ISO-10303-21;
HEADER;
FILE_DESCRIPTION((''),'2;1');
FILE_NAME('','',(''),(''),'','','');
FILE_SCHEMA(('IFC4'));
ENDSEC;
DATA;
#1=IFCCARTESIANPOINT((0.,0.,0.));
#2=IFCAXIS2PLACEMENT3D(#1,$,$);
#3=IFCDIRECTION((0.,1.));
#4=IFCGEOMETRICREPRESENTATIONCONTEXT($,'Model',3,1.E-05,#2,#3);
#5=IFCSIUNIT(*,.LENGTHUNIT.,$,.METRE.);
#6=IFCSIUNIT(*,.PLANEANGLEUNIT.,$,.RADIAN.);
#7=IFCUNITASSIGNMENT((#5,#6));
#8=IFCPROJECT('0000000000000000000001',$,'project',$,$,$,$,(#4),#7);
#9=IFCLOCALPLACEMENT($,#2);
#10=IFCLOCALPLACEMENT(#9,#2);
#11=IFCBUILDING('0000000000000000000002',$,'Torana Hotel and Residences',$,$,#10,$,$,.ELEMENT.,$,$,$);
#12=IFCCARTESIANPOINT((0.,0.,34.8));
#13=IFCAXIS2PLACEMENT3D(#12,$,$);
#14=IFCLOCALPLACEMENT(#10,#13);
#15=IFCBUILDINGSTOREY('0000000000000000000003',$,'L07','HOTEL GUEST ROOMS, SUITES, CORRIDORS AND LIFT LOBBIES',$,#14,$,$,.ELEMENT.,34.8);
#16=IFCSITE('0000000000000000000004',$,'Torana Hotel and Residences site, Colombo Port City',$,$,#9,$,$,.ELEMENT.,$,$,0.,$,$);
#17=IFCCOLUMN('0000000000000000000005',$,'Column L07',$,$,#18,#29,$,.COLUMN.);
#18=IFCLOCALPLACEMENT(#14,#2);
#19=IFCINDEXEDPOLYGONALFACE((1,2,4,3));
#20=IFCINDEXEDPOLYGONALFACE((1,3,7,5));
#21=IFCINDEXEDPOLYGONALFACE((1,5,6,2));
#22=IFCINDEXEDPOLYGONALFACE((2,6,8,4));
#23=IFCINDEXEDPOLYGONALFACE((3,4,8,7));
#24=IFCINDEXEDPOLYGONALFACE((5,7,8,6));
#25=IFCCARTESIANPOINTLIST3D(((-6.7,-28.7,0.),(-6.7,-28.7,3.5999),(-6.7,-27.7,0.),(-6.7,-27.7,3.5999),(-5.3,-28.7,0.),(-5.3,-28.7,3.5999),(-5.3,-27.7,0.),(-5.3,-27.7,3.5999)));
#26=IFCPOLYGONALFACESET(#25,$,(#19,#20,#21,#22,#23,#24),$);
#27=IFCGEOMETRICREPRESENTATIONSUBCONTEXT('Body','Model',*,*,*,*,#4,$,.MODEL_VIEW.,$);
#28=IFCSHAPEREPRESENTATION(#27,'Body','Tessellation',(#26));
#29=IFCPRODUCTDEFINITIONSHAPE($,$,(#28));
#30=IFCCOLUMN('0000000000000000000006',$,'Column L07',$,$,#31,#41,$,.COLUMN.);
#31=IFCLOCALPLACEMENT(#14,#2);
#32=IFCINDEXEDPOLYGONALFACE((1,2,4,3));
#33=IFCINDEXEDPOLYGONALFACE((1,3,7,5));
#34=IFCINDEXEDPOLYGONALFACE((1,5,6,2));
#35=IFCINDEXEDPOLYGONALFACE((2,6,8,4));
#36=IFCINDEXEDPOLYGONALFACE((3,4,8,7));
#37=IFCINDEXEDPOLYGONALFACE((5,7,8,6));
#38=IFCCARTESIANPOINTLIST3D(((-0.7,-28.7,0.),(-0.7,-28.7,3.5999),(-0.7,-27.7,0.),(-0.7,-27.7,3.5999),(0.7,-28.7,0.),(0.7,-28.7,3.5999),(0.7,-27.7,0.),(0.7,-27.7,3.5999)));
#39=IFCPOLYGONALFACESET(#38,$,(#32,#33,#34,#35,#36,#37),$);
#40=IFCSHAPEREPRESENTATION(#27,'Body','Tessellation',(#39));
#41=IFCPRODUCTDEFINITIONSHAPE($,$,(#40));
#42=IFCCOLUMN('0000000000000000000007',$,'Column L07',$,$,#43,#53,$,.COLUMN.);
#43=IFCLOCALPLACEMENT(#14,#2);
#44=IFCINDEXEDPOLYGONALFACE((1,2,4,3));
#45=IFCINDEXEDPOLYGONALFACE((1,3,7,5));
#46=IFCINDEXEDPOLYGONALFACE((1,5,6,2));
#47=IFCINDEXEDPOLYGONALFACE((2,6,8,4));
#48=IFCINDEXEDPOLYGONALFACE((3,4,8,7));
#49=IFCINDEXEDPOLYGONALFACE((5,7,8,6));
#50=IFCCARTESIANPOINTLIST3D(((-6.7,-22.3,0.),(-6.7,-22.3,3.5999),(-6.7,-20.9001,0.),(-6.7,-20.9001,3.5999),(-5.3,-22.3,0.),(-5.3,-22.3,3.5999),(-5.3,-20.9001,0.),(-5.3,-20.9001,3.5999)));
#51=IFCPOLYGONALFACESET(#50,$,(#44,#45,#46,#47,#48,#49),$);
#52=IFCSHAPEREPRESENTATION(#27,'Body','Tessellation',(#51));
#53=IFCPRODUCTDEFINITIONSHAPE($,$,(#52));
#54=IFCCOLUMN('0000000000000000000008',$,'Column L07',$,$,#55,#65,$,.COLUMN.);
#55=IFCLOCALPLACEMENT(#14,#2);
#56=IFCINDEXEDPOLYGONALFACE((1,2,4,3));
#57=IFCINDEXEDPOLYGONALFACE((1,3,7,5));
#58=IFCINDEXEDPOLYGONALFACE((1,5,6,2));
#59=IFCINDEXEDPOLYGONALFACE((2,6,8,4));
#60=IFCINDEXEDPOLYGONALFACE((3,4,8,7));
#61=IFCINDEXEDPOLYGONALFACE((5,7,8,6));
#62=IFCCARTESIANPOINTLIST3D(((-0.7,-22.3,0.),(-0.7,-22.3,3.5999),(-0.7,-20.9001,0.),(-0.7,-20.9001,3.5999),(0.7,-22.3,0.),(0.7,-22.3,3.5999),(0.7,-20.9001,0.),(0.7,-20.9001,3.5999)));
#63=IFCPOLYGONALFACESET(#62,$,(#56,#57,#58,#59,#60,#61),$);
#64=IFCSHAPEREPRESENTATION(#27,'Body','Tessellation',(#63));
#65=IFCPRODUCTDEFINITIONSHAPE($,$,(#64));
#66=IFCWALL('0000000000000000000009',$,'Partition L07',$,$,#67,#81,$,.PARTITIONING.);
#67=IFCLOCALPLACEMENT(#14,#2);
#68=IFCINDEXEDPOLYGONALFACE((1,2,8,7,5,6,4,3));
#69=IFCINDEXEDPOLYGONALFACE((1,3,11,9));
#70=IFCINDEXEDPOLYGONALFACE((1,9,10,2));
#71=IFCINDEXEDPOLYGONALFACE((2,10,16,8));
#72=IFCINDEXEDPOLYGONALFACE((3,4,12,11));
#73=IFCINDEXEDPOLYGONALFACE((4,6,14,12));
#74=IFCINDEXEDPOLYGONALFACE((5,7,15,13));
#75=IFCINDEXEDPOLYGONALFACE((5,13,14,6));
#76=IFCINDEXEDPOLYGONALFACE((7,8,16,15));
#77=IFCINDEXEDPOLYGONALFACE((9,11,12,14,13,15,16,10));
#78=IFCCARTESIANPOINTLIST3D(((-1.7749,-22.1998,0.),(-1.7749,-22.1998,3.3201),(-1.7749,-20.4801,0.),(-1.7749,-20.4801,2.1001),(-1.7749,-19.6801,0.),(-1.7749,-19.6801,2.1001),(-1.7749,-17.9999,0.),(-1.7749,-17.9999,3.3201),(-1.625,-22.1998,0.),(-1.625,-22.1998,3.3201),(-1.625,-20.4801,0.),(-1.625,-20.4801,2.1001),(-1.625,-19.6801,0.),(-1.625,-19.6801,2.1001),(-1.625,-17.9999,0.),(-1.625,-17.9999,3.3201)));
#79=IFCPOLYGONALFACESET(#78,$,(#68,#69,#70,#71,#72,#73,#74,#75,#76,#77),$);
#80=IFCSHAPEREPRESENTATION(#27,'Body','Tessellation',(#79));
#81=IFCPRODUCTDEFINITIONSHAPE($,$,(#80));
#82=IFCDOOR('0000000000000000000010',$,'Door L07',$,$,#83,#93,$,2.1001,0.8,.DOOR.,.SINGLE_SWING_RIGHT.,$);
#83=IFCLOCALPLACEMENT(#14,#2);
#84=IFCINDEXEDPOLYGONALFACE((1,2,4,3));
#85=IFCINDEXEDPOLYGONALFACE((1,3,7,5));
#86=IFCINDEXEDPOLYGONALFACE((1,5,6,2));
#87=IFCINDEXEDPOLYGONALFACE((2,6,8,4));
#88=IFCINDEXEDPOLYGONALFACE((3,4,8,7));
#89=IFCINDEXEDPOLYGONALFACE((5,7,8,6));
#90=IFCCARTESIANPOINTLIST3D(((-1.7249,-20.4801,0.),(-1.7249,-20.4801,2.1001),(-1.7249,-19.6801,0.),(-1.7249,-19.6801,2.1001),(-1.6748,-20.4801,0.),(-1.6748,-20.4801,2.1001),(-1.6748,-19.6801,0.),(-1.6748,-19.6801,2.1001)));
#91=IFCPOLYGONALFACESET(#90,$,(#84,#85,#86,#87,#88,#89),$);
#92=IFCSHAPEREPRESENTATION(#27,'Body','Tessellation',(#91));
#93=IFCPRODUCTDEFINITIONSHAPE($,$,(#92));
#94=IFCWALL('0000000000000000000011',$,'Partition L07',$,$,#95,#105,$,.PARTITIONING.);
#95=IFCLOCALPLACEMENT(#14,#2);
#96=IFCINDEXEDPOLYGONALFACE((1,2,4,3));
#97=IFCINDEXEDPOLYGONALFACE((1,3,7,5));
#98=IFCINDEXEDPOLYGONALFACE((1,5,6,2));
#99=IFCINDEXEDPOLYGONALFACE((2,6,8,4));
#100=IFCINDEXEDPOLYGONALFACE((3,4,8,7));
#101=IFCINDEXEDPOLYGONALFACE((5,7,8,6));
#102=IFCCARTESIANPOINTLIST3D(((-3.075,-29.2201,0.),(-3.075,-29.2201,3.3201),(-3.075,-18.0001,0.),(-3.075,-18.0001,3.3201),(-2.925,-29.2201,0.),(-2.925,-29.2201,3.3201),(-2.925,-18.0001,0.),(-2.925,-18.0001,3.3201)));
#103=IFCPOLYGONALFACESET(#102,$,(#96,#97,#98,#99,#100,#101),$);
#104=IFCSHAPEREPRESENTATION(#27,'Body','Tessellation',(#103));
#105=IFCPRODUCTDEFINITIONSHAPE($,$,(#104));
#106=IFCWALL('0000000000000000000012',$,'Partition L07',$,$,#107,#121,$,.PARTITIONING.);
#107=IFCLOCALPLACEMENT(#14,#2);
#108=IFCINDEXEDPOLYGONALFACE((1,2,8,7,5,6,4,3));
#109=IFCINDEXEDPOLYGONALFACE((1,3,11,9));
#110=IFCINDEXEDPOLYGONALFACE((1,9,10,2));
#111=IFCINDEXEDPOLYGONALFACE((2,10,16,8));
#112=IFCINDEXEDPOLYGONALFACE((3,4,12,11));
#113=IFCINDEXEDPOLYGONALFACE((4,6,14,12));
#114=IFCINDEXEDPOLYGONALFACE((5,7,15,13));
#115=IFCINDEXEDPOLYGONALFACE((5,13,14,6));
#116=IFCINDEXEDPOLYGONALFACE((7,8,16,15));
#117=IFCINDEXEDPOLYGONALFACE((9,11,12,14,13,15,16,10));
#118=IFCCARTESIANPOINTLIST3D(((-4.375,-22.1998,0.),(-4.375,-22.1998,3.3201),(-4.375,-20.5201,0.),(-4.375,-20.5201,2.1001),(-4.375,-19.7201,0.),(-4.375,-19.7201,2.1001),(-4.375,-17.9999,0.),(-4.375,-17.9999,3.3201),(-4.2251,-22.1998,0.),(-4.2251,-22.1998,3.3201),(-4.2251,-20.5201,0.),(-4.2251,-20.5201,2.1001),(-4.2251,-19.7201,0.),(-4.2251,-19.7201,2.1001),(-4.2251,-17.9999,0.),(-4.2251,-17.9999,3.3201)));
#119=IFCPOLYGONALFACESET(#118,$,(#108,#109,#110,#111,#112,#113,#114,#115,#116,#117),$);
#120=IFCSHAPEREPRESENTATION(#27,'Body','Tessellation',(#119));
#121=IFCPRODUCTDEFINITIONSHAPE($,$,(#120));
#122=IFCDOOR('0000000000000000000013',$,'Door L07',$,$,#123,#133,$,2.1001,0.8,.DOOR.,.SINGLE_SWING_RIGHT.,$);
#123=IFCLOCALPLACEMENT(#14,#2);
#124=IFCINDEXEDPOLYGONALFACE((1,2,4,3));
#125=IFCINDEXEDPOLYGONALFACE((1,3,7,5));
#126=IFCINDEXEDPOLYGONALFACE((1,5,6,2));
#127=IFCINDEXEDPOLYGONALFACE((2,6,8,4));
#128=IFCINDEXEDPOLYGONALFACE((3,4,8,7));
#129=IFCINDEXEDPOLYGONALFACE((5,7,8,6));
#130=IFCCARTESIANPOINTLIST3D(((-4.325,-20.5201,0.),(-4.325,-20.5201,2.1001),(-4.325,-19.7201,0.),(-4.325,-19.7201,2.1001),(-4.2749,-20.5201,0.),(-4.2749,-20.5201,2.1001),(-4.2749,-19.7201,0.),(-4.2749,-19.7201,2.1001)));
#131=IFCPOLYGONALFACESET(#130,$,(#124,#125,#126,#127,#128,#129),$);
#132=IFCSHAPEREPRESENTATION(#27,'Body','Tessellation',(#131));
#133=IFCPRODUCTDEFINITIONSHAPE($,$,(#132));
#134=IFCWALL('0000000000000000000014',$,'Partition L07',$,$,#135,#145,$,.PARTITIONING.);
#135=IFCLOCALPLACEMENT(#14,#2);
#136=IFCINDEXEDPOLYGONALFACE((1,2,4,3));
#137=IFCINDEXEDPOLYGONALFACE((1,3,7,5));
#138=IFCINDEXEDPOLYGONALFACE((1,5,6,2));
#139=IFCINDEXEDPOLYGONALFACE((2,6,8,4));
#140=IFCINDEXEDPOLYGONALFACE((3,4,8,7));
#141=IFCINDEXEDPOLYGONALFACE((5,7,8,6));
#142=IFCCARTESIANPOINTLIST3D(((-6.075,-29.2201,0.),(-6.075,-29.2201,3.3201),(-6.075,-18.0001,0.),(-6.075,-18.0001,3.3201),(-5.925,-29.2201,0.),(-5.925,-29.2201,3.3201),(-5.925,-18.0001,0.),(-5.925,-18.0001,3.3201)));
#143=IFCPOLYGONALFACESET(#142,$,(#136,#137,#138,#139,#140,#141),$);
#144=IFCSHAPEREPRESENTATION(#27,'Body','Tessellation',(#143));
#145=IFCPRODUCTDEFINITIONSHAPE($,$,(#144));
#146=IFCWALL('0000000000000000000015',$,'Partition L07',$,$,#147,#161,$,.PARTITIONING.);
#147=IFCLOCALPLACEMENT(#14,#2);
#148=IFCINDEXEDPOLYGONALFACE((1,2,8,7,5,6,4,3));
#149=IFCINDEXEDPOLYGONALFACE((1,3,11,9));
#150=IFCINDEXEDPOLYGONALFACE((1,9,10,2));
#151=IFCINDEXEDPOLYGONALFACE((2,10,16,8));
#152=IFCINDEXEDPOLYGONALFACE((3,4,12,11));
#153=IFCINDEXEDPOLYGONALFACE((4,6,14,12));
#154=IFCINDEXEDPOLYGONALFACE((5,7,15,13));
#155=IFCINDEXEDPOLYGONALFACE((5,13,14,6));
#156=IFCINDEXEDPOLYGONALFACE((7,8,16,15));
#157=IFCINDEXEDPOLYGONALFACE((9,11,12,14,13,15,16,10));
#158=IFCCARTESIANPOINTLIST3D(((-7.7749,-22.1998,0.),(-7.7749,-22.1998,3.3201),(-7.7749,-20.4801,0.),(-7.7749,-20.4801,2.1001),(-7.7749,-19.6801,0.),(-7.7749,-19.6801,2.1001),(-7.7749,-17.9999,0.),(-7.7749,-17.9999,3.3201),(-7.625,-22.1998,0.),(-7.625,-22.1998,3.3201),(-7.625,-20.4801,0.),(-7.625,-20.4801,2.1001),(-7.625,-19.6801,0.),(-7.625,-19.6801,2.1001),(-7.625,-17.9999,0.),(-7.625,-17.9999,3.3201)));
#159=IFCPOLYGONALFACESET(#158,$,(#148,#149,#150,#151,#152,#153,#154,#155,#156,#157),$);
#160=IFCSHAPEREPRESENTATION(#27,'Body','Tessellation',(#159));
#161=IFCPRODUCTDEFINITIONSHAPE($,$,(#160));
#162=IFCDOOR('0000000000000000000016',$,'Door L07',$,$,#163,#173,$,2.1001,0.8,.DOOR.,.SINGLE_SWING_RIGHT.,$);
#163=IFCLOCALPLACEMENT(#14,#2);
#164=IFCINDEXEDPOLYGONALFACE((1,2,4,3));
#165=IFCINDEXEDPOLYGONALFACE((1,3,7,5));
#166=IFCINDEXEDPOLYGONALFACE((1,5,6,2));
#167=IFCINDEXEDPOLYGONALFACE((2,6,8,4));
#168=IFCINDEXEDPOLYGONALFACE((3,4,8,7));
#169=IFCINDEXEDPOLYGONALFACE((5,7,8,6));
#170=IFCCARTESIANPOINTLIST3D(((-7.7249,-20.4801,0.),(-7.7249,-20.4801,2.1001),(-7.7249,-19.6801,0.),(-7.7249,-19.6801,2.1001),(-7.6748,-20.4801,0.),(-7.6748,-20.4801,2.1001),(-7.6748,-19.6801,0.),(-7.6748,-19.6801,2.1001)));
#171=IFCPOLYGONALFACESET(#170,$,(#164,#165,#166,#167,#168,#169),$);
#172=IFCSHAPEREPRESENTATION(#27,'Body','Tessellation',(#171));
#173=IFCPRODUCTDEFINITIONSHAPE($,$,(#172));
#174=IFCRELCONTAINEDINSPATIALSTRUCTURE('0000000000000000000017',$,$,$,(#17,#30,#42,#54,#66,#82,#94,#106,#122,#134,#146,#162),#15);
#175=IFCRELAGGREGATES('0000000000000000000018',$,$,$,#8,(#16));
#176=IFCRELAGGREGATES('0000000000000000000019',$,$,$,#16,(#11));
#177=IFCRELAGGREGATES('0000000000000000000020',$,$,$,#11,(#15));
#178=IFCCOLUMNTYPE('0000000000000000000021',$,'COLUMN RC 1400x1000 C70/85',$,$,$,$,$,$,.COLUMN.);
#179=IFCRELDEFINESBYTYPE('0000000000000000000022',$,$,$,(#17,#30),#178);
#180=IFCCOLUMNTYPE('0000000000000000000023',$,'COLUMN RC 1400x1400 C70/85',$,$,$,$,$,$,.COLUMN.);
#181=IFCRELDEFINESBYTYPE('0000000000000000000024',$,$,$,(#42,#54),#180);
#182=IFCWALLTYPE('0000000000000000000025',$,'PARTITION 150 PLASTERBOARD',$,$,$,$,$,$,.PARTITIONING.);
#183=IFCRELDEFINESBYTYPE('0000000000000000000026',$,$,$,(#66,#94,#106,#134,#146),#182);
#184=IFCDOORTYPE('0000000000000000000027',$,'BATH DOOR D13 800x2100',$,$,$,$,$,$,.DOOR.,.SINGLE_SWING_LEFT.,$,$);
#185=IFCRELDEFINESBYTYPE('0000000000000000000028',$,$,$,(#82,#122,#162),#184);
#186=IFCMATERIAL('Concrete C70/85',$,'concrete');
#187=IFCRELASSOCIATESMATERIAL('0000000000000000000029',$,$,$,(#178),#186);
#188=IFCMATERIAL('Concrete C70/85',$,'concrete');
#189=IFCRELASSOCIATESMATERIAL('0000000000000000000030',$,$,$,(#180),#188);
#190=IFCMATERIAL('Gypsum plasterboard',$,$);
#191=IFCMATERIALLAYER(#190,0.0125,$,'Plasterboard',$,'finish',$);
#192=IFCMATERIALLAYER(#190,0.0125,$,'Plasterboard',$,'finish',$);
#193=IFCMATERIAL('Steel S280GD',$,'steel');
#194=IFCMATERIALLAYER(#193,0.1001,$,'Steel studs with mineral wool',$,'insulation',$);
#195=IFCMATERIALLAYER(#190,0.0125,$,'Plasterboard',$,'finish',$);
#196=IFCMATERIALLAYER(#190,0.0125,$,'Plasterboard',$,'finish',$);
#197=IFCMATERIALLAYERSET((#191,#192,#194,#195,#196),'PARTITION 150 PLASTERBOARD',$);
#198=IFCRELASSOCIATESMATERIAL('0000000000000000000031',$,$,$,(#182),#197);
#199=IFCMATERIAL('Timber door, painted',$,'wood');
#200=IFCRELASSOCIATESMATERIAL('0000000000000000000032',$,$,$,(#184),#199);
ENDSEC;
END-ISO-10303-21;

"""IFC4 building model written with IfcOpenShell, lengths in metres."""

from ifc_helpers import new_model, si_unit, direction, frame, frame_2d, origin, origin_2d, place, context, subcontext, project, spatial, rectangle, extrude, material, layer, layer_set, material_profile, profile_set, type_object, element, fill, save


model = new_model("IFC4")

# Units and contexts
model_context = context("Model", 3, precision=1e-05, world=origin(), true_north=direction((0.0, 1.0)))
body_context = subcontext(model_context, "Body", "Model", "MODEL_VIEW")
ifc_project = project(units=[si_unit("LENGTHUNIT", "METRE"), si_unit("PLANEANGLEUNIT", "RADIAN")], contexts=[model_context])

# Site, building, storey
site_placement = place(None, origin())
site = spatial("IfcSite", under=ifc_project, at=site_placement, Name="Torana Hotel and Residences site, Colombo Port City", CompositionType="ELEMENT", RefElevation=0.0)
building_placement = place(site_placement, origin())
building = spatial("IfcBuilding", under=site, at=building_placement, Name="Torana Hotel and Residences", CompositionType="ELEMENT")
storey_placement = place(building_placement, frame((0.0, 0.0, 34.8)))
storey = spatial("IfcBuildingStorey", under=building, at=storey_placement, Name="L07", Description="HOTEL GUEST ROOMS, SUITES, CORRIDORS AND LIFT LOBBIES", CompositionType="ELEMENT", Elevation=34.8)

# Columns
ifc_material_1 = material(Name="Concrete C70/85", Category="concrete")
ifc_material_profile_1 = material_profile(ifc_material_1, rectangle(XDim=1.3999, YDim=1.0, at=origin_2d()), Name="RC 1400x1000")
ifc_profile_set_1 = profile_set([ifc_material_profile_1], Name="Concrete C70/85")
column_type_1 = type_object("IfcColumnType", Name="COLUMN RC 1400x1000 C70/85", PredefinedType="COLUMN", material=ifc_profile_set_1)
for number, where, z_axis, x_axis, name in (
    (1, (-6.0, -28.2, 0.0), (0.0, 0.0, 1.0), (1.0, 0.0, 0.0), "Column L07"),
    (2, (0.0, -28.2, 0.0), (0.0, 0.0, 1.0), (1.0, 0.0, 0.0), "Column L07"),
):
    element("IfcColumn", number, at=place(storey_placement, frame(where, z_axis=z_axis, x_axis=x_axis)), inside=storey, type_object=column_type_1, Name=name, PredefinedType="COLUMN", context=body_context, shape_type="SweptSolid", body=[
        extrude(rectangle(XDim=1.3999, YDim=1.0, at=origin_2d()), origin(), (0.0, 0.0, 1.0), 3.5999),
    ])
ifc_material_2 = material(Name="Concrete C70/85", Category="concrete")
ifc_material_profile_2 = material_profile(ifc_material_2, rectangle(XDim=1.3999, YDim=1.3999, at=origin_2d()), Name="RC 1400x1400")
ifc_profile_set_2 = profile_set([ifc_material_profile_2], Name="Concrete C70/85")
column_type_2 = type_object("IfcColumnType", Name="COLUMN RC 1400x1400 C70/85", PredefinedType="COLUMN", material=ifc_profile_set_2)
for number, where, z_axis, x_axis, name in (
    (3, (-6.0, -21.6001, 0.0), (0.0, 0.0, 1.0), (1.0, 0.0, 0.0), "Column L07"),
    (4, (0.0, -21.6001, 0.0), (0.0, 0.0, 1.0), (1.0, 0.0, 0.0), "Column L07"),
):
    element("IfcColumn", number, at=place(storey_placement, frame(where, z_axis=z_axis, x_axis=x_axis)), inside=storey, type_object=column_type_2, Name=name, PredefinedType="COLUMN", context=body_context, shape_type="SweptSolid", body=[
        extrude(rectangle(XDim=1.3999, YDim=1.3999, at=origin_2d()), origin(), (0.0, 0.0, 1.0), 3.5999),
    ])

# Wall, opening, door
ifc_material_3 = material(Name="Gypsum plasterboard")
ifc_layer_1 = layer(ifc_material_3, 0.0125, Name="Plasterboard", Category="finish")
ifc_layer_2 = layer(ifc_material_3, 0.0125, Name="Plasterboard", Category="finish")
ifc_material_4 = material(Name="Steel S280GD", Category="steel")
ifc_layer_3 = layer(ifc_material_4, 0.1001, Name="Steel studs with mineral wool", Category="insulation")
ifc_layer_4 = layer(ifc_material_3, 0.0125, Name="Plasterboard", Category="finish")
ifc_layer_5 = layer(ifc_material_3, 0.0125, Name="Plasterboard", Category="finish")
ifc_layer_set_1 = layer_set([ifc_layer_1, ifc_layer_2, ifc_layer_3, ifc_layer_4, ifc_layer_5], Name="PARTITION 150 PLASTERBOARD")
wall_type_1 = type_object("IfcWallType", Name="PARTITION 150 PLASTERBOARD", PredefinedType="PARTITIONING", material=ifc_layer_set_1)
wall_1_placement = place(storey_placement, frame((-1.7, -22.2, 0.0), z_axis=(0.0, 0.0, 1.0), x_axis=(0.0, 1.0, 0.0)))
wall_1 = element("IfcWall", 5, at=wall_1_placement, inside=storey, type_object=wall_type_1, Name="Partition L07", PredefinedType="PARTITIONING", context=body_context, shape_type="SweptSolid", body=[
    extrude(rectangle(XDim=4.2, YDim=0.1499, at=frame_2d((2.1001, 0.0))), origin(), (0.0, 0.0, 1.0), 3.3201),
])
opening_1_placement = place(wall_1_placement, frame((1.72, 0.0, 0.0)))
opening_1 = element("IfcOpeningElement", 6, at=opening_1_placement, cuts=wall_1, PredefinedType="OPENING", context=body_context, shape_type="SweptSolid", body=[
    extrude(rectangle(XDim=0.8, YDim=2.1001, at=frame_2d((0.3999, 1.05))), frame((0.0, 0.085, 0.0), z_axis=(0.0, -1.0, 0.0), x_axis=(1.0, 0.0, 0.0)), (0.0, 0.0, 1.0), 0.1699),
])
ifc_material_5 = material(Name="Timber door, painted", Category="wood")
door_type = type_object("IfcDoorType", Name="BATH DOOR D13 800x2100", OperationType="SINGLE_SWING_LEFT", PredefinedType="DOOR", material=ifc_material_5)
door_1_placement = place(opening_1_placement, origin())
door_1 = element("IfcDoor", 7, at=door_1_placement, inside=storey, type_object=door_type, Name="Door L07", OperationType="SINGLE_SWING_RIGHT", OverallHeight=2.1001, OverallWidth=0.8, PredefinedType="DOOR", context=body_context, shape_type="SweptSolid", body=[
    extrude(rectangle(XDim=0.8, YDim=2.1001, at=frame_2d((0.3999, 1.05))), frame((0.0, 0.0249, 0.0), z_axis=(0.0, -1.0, 0.0), x_axis=(1.0, 0.0, 0.0)), (0.0, 0.0, 1.0), 0.05),
])
fill(opening_1, door_1)

# Wall
wall_2_placement = place(storey_placement, frame((-3.0, -29.22, 0.0), z_axis=(0.0, 0.0, 1.0), x_axis=(0.0, 1.0, 0.0)))
element("IfcWall", 8, at=wall_2_placement, inside=storey, type_object=wall_type_1, Name="Partition L07", PredefinedType="PARTITIONING", context=body_context, shape_type="SweptSolid", body=[
    extrude(rectangle(XDim=11.22, YDim=0.1499, at=frame_2d((5.6099, 0.0))), origin(), (0.0, 0.0, 1.0), 3.3201),
])

# Wall, opening, door
wall_3_placement = place(storey_placement, frame((-4.3, -22.2, 0.0), z_axis=(0.0, 0.0, 1.0), x_axis=(0.0, 1.0, 0.0)))
wall_3 = element("IfcWall", 9, at=wall_3_placement, inside=storey, type_object=wall_type_1, Name="Partition L07", PredefinedType="PARTITIONING", context=body_context, shape_type="SweptSolid", body=[
    extrude(rectangle(XDim=4.2, YDim=0.1499, at=frame_2d((2.1001, 0.0))), origin(), (0.0, 0.0, 1.0), 3.3201),
])
opening_2_placement = place(wall_3_placement, frame((1.6799, 0.0, 0.0)))
opening_2 = element("IfcOpeningElement", 10, at=opening_2_placement, cuts=wall_3, PredefinedType="OPENING", context=body_context, shape_type="SweptSolid", body=[
    extrude(rectangle(XDim=0.8, YDim=2.1001, at=frame_2d((0.3999, 1.05))), frame((0.0, 0.085, 0.0), z_axis=(0.0, -1.0, 0.0), x_axis=(1.0, 0.0, 0.0)), (0.0, 0.0, 1.0), 0.1699),
])
door_2_placement = place(opening_2_placement, origin())
door_2 = element("IfcDoor", 11, at=door_2_placement, inside=storey, type_object=door_type, Name="Door L07", OperationType="SINGLE_SWING_RIGHT", OverallHeight=2.1001, OverallWidth=0.8, PredefinedType="DOOR", context=body_context, shape_type="SweptSolid", body=[
    extrude(rectangle(XDim=0.8, YDim=2.1001, at=frame_2d((0.3999, 1.05))), frame((0.0, 0.0249, 0.0), z_axis=(0.0, -1.0, 0.0), x_axis=(1.0, 0.0, 0.0)), (0.0, 0.0, 1.0), 0.05),
])
fill(opening_2, door_2)

# Wall
wall_4_placement = place(storey_placement, frame((-6.0, -29.22, 0.0), z_axis=(0.0, 0.0, 1.0), x_axis=(0.0, 1.0, 0.0)))
element("IfcWall", 12, at=wall_4_placement, inside=storey, type_object=wall_type_1, Name="Partition L07", PredefinedType="PARTITIONING", context=body_context, shape_type="SweptSolid", body=[
    extrude(rectangle(XDim=11.22, YDim=0.1499, at=frame_2d((5.6099, 0.0))), origin(), (0.0, 0.0, 1.0), 3.3201),
])

# Wall, opening, door
wall_5_placement = place(storey_placement, frame((-7.7, -22.2, 0.0), z_axis=(0.0, 0.0, 1.0), x_axis=(0.0, 1.0, 0.0)))
wall_5 = element("IfcWall", 13, at=wall_5_placement, inside=storey, type_object=wall_type_1, Name="Partition L07", PredefinedType="PARTITIONING", context=body_context, shape_type="SweptSolid", body=[
    extrude(rectangle(XDim=4.2, YDim=0.1499, at=frame_2d((2.1001, 0.0))), origin(), (0.0, 0.0, 1.0), 3.3201),
])
opening_3_placement = place(wall_5_placement, frame((1.72, 0.0, 0.0)))
opening_3 = element("IfcOpeningElement", 14, at=opening_3_placement, cuts=wall_5, PredefinedType="OPENING", context=body_context, shape_type="SweptSolid", body=[
    extrude(rectangle(XDim=0.8, YDim=2.1001, at=frame_2d((0.3999, 1.05))), frame((0.0, 0.085, 0.0), z_axis=(0.0, -1.0, 0.0), x_axis=(1.0, 0.0, 0.0)), (0.0, 0.0, 1.0), 0.1699),
])
door_3_placement = place(opening_3_placement, origin())
door_3 = element("IfcDoor", 15, at=door_3_placement, inside=storey, type_object=door_type, Name="Door L07", OperationType="SINGLE_SWING_RIGHT", OverallHeight=2.1001, OverallWidth=0.8, PredefinedType="DOOR", context=body_context, shape_type="SweptSolid", body=[
    extrude(rectangle(XDim=0.8, YDim=2.1001, at=frame_2d((0.3999, 1.05))), frame((0.0, 0.0249, 0.0), z_axis=(0.0, -1.0, 0.0), x_axis=(1.0, 0.0, 0.0)), (0.0, 0.0, 1.0), 0.05),
])
fill(opening_3, door_3)

save(model, "model.ifc")
